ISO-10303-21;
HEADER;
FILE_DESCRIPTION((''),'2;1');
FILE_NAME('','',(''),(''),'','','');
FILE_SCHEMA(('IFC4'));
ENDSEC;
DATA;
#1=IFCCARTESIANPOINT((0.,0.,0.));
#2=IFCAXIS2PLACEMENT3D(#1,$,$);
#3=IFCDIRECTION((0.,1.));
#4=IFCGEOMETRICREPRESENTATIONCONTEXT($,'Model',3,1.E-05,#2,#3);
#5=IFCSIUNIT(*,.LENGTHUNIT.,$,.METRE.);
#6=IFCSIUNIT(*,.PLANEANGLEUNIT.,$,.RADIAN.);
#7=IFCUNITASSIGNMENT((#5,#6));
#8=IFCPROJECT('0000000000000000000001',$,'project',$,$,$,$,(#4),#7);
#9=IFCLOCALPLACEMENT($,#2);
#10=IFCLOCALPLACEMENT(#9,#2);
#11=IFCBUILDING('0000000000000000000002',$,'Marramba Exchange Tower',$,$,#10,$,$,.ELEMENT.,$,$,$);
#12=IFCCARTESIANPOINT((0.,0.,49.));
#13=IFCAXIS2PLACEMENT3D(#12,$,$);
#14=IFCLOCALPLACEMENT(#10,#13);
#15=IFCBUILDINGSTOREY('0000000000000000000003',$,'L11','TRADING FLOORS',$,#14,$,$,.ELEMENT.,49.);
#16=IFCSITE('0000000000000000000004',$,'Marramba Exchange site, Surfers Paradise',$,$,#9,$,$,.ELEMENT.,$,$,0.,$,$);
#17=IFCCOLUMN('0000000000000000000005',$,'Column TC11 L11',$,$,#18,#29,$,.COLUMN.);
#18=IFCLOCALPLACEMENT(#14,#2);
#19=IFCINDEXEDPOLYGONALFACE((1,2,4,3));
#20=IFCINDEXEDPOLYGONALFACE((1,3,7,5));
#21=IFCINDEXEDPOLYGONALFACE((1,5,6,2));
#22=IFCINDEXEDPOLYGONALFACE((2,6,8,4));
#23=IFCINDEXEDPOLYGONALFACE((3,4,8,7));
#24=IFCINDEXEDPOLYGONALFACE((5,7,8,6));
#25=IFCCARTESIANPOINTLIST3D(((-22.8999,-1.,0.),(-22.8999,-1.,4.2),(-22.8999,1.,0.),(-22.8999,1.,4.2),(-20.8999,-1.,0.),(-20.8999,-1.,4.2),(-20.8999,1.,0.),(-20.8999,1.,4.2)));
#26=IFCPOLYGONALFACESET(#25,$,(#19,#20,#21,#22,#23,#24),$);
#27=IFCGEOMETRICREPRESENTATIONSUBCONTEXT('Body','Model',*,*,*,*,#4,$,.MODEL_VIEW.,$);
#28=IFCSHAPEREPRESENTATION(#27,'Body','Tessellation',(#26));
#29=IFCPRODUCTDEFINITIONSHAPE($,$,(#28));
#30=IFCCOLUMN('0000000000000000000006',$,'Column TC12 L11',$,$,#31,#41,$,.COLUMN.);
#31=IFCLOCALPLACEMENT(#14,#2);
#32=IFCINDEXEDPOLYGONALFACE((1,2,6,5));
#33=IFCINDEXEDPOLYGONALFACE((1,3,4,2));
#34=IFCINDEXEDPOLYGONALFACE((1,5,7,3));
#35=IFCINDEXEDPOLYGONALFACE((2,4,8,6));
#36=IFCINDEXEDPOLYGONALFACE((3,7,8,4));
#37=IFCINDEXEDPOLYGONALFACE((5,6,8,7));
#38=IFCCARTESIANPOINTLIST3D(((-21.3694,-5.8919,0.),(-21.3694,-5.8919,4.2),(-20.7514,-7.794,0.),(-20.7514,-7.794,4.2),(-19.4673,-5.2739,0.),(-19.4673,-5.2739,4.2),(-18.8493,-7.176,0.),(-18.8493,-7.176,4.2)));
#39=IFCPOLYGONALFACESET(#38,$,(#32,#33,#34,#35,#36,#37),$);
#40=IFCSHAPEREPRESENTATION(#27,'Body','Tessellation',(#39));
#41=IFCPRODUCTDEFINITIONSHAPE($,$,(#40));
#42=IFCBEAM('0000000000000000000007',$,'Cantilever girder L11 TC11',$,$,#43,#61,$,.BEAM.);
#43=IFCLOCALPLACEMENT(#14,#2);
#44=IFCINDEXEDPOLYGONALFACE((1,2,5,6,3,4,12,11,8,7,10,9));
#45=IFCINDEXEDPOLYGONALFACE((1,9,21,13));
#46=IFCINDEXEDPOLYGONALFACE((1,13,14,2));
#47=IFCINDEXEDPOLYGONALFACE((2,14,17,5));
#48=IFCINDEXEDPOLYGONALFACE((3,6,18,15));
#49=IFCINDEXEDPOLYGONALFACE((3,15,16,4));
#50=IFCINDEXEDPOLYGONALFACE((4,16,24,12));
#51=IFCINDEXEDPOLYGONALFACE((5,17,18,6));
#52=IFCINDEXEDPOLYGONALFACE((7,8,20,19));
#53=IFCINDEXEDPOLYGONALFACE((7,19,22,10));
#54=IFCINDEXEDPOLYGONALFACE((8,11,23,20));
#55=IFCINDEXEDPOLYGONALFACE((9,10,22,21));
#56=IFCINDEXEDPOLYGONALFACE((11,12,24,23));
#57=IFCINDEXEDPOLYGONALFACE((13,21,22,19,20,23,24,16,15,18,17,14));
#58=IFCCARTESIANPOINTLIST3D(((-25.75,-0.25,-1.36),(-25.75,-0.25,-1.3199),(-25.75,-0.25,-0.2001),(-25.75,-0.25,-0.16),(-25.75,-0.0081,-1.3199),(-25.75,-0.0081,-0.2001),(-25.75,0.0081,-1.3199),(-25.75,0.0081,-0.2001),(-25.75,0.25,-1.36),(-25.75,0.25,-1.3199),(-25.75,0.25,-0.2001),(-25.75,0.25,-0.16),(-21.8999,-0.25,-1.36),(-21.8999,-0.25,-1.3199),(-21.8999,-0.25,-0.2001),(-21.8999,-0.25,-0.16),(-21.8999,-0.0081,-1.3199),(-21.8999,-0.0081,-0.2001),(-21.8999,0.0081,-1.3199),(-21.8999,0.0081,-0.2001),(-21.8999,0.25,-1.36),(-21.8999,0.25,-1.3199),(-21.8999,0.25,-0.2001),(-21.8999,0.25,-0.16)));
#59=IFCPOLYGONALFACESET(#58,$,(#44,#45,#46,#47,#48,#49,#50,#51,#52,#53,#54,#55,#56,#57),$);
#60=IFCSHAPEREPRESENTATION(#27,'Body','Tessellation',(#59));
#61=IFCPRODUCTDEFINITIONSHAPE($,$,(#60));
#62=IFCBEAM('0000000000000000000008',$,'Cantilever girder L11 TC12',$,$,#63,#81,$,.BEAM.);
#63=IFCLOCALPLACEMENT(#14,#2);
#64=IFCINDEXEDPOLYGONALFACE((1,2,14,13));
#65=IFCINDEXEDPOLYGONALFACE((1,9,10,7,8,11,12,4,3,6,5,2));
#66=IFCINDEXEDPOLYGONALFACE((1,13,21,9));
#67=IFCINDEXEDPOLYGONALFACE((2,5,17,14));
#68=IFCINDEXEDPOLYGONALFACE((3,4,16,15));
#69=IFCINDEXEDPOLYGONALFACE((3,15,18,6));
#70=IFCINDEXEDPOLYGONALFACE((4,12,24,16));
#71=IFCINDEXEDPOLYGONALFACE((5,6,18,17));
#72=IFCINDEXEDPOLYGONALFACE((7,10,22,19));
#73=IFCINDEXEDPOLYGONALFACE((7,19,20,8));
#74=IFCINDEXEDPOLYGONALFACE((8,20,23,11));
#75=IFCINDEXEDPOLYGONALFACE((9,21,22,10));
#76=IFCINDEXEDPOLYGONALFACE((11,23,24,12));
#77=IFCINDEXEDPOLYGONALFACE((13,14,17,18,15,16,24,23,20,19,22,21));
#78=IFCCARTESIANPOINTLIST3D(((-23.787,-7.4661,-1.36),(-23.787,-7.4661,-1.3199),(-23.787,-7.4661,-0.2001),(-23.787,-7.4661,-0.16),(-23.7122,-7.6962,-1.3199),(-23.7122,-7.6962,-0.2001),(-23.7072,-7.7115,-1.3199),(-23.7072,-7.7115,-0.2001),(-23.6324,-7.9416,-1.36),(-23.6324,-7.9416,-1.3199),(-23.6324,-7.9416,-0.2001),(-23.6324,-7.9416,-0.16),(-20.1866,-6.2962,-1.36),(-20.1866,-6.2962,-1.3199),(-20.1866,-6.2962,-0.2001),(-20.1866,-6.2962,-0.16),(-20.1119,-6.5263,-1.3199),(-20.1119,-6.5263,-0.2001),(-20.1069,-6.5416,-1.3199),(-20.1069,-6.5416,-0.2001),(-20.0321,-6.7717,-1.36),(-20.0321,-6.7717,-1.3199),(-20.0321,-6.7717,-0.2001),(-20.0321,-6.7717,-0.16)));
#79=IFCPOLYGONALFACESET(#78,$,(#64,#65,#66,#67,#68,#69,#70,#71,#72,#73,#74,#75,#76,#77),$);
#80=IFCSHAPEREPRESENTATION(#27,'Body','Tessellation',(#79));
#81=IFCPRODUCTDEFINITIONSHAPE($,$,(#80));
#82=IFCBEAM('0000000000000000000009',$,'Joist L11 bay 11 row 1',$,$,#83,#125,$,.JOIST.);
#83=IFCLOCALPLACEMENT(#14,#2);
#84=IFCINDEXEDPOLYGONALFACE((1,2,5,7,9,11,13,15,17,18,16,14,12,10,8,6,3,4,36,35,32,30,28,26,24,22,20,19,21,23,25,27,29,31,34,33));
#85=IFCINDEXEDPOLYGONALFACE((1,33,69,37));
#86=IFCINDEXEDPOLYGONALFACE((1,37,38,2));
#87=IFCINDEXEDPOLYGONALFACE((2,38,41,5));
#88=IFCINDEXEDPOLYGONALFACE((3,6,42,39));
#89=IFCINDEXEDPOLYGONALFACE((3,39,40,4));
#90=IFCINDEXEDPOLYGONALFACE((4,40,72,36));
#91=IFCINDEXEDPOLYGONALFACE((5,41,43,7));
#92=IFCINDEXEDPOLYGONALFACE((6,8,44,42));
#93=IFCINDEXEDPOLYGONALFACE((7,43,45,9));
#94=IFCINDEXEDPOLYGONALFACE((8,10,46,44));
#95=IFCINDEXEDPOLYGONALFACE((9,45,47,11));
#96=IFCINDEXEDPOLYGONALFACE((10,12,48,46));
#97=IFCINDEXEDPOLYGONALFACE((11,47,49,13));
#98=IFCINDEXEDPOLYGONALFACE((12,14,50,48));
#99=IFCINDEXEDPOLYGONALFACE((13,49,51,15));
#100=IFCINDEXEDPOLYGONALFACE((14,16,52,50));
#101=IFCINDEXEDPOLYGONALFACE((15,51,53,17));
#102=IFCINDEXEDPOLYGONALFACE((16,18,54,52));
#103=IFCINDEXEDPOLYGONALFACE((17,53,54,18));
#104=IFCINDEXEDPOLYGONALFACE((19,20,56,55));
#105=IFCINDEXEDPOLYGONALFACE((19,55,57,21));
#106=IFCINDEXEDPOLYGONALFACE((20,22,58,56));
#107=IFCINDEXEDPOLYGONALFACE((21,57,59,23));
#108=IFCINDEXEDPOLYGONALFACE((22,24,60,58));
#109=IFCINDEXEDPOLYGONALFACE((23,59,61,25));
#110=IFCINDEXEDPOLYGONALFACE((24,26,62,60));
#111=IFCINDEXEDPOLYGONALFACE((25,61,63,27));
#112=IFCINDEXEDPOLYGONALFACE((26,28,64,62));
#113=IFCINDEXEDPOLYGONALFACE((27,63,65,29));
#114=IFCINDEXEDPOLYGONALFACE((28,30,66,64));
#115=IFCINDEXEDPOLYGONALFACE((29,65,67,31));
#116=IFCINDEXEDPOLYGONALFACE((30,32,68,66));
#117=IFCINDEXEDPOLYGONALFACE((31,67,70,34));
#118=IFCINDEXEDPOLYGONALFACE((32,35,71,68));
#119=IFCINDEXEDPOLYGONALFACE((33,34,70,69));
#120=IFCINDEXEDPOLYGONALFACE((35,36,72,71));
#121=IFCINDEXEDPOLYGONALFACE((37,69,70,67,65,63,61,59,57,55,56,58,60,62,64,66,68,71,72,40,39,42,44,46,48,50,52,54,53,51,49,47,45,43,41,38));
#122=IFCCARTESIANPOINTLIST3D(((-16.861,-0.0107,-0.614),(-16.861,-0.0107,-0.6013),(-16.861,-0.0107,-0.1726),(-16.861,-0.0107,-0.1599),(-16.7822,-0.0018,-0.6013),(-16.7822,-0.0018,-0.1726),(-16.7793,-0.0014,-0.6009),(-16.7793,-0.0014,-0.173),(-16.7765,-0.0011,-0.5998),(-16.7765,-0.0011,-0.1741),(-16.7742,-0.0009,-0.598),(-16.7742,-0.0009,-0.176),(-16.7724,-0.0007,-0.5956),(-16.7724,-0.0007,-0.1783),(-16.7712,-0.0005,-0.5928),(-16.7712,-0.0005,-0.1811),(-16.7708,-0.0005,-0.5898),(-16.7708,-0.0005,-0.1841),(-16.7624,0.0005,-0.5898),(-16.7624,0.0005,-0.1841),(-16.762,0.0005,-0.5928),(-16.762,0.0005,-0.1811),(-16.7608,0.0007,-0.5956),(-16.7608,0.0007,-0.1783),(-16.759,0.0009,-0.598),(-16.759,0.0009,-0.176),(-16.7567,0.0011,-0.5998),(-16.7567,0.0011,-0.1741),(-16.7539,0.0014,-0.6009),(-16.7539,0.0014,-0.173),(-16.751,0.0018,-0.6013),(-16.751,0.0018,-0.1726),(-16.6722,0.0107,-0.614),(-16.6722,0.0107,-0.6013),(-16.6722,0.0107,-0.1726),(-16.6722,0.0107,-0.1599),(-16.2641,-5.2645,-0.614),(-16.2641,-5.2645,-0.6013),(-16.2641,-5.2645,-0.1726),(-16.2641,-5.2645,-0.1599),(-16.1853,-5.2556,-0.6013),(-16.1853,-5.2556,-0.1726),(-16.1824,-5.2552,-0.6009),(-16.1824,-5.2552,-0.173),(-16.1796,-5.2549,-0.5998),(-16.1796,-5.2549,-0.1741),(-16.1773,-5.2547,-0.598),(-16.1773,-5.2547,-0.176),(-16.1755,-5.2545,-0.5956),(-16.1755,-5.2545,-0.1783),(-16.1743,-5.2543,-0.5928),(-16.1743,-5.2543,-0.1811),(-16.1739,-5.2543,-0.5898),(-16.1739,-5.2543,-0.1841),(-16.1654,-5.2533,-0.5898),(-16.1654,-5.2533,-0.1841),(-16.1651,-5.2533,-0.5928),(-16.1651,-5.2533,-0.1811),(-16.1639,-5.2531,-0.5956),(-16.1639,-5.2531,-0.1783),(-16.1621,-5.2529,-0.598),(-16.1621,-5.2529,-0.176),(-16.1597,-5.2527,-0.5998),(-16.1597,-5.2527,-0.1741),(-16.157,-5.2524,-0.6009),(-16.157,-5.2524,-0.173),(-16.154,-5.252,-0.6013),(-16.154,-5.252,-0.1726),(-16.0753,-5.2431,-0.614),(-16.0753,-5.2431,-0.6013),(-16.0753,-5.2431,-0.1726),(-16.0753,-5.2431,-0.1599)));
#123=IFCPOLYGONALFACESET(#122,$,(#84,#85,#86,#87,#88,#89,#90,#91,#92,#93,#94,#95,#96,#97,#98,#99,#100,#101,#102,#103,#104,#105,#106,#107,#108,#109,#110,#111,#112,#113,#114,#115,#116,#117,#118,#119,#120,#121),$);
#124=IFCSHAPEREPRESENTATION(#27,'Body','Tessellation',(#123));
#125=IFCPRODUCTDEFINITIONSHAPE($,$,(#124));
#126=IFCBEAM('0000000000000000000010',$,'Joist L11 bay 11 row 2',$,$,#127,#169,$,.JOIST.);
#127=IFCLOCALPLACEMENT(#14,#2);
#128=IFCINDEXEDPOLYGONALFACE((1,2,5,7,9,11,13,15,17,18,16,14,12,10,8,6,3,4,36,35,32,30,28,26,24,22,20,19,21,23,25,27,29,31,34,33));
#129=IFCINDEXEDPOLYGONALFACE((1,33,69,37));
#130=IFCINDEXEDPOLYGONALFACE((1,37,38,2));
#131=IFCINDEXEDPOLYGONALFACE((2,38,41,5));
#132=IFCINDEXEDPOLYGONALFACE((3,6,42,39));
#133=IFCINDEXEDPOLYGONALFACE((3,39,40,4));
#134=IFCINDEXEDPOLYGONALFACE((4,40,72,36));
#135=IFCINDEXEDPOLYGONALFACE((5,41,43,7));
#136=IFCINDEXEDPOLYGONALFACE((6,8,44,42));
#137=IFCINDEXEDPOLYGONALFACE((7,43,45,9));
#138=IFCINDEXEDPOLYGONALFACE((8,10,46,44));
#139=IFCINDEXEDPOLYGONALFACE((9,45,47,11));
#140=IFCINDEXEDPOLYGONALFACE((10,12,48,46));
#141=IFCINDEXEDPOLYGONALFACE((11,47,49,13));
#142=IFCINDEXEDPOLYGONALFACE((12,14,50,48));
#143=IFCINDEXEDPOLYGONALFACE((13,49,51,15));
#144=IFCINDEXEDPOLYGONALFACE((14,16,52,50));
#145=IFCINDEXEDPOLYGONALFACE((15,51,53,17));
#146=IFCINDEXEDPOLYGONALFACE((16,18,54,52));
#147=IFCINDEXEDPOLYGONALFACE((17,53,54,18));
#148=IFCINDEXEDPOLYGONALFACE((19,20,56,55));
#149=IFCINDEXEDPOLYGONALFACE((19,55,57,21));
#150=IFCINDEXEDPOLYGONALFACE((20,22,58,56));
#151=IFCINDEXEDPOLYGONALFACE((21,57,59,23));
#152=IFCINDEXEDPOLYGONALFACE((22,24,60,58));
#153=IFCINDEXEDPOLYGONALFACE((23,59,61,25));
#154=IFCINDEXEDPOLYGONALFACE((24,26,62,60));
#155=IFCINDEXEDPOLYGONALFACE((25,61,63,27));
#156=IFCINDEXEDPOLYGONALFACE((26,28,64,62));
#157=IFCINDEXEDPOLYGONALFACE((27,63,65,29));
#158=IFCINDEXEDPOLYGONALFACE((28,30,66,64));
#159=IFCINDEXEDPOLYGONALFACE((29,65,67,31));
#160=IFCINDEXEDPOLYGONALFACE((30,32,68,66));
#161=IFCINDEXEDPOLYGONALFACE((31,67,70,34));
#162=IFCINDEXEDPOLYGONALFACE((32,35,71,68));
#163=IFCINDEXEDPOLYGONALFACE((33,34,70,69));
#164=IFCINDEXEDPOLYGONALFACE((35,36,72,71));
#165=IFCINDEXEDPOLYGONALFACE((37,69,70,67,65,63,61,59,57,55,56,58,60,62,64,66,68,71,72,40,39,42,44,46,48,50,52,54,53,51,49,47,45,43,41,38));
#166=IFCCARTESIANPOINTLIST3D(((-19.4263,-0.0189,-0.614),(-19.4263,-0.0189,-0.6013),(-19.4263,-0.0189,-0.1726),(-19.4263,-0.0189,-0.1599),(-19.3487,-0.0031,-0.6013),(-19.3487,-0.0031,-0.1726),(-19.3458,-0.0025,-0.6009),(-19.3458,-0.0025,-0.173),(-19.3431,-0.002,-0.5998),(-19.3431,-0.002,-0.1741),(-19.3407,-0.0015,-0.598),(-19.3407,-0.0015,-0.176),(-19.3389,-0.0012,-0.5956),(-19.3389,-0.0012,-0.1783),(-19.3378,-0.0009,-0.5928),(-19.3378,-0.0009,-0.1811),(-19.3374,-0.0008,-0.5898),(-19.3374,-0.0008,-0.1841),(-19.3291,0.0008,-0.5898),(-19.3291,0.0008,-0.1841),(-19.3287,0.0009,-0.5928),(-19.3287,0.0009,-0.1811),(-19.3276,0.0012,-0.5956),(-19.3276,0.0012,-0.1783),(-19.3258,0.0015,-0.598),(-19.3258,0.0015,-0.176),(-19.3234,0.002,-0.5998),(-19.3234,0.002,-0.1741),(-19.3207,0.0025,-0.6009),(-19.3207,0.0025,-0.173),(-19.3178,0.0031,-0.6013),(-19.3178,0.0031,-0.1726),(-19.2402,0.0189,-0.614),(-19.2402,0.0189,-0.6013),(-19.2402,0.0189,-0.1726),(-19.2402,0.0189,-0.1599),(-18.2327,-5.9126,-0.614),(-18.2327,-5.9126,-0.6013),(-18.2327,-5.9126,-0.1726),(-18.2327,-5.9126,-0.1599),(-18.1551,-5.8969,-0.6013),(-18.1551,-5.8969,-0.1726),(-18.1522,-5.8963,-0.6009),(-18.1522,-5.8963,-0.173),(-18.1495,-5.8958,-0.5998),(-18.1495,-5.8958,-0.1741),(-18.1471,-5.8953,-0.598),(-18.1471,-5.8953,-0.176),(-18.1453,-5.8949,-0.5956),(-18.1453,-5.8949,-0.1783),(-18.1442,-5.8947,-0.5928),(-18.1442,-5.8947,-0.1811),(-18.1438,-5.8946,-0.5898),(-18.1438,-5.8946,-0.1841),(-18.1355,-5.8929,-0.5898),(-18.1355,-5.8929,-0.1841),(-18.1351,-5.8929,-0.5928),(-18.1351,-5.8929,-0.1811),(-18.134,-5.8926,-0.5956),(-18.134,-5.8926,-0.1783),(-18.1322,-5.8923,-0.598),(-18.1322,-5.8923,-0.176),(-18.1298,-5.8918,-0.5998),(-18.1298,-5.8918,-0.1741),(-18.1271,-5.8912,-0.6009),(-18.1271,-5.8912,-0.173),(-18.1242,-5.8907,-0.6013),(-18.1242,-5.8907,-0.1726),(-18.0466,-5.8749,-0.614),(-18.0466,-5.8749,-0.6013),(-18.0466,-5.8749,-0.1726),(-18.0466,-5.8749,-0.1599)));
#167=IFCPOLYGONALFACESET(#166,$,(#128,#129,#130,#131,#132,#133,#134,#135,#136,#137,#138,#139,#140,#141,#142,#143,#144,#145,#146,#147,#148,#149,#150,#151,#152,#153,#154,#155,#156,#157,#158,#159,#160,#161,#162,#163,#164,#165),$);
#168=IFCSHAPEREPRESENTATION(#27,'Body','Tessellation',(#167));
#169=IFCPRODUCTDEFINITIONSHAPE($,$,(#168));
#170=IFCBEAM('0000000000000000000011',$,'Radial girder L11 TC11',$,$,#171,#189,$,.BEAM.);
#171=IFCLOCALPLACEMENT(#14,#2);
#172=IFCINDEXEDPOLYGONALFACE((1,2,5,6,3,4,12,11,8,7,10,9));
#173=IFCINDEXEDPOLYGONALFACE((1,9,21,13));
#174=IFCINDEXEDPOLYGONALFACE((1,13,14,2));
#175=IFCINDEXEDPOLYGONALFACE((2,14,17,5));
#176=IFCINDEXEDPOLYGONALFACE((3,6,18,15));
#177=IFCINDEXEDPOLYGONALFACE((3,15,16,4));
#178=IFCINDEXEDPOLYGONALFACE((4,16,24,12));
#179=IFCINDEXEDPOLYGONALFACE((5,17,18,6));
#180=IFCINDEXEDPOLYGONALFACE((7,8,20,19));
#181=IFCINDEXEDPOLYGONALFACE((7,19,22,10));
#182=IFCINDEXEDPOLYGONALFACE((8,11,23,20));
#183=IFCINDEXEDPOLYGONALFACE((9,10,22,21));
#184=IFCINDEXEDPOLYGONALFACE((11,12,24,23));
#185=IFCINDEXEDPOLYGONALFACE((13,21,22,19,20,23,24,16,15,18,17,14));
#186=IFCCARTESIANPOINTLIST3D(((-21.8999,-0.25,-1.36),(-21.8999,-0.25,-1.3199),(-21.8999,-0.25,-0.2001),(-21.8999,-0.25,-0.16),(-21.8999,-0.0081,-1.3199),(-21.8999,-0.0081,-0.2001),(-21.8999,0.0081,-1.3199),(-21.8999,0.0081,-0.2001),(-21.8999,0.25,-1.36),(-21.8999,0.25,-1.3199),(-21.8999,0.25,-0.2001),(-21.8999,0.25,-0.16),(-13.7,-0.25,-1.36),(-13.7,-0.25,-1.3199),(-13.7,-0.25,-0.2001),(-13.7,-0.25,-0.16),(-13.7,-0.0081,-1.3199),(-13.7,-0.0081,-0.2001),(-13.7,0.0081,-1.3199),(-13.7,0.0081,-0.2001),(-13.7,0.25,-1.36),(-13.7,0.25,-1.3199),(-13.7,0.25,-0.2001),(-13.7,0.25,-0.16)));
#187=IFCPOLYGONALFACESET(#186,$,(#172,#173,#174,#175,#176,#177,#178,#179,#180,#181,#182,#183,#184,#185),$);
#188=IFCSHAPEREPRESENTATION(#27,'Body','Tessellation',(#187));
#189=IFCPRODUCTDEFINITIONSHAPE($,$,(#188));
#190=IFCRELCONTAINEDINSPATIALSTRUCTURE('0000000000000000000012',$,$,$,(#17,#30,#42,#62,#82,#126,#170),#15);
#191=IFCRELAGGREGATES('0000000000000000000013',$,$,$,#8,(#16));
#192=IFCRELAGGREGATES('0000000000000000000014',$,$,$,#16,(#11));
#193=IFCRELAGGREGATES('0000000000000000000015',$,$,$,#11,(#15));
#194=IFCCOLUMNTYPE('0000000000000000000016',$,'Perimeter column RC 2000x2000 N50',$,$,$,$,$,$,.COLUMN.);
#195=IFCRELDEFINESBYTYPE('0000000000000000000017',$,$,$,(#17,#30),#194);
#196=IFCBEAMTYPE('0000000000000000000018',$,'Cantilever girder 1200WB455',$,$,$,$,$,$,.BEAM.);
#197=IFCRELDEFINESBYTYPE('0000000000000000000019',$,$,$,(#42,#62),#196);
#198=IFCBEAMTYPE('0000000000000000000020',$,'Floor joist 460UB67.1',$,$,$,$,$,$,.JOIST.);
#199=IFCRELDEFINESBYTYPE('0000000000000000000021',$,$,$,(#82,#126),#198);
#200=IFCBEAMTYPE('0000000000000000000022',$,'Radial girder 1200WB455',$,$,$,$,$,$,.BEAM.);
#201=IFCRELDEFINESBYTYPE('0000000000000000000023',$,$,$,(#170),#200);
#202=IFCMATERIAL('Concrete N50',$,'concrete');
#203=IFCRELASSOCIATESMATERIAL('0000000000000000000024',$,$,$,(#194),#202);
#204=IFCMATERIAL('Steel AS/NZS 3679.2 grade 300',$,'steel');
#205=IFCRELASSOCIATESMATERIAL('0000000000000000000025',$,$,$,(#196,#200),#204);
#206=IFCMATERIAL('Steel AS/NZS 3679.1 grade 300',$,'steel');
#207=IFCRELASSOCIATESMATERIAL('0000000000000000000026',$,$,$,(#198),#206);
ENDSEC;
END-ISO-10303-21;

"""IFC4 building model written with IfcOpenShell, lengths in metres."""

from ifc_helpers import new_model, si_unit, direction, frame, origin, origin_2d, place, context, subcontext, project, spatial, rectangle, i_section, extrude, material, material_profile, profile_set, type_object, element, save


model = new_model("IFC4")

# Units and contexts
model_context = context("Model", 3, precision=1e-05, world=origin(), true_north=direction((0.0, 1.0)))
body_context = subcontext(model_context, "Body", "Model", "MODEL_VIEW")
ifc_project = project(units=[si_unit("LENGTHUNIT", "METRE"), si_unit("PLANEANGLEUNIT", "RADIAN")], contexts=[model_context])

# Site, building, storey
site_placement = place(None, origin())
site = spatial("IfcSite", under=ifc_project, at=site_placement, Name="Marramba Exchange site, Surfers Paradise", CompositionType="ELEMENT", RefElevation=0.0)
building_placement = place(site_placement, origin())
building = spatial("IfcBuilding", under=site, at=building_placement, Name="Marramba Exchange Tower", CompositionType="ELEMENT")
storey_placement = place(building_placement, frame((0.0, 0.0, 49.0)))
storey = spatial("IfcBuildingStorey", under=building, at=storey_placement, Name="L11", Description="TRADING FLOORS", CompositionType="ELEMENT", Elevation=49.0)

# Columns
ifc_material_1 = material(Name="Concrete N50", Category="concrete")
ifc_material_profile_1 = material_profile(ifc_material_1, rectangle(XDim=2.0, YDim=2.0, at=origin_2d()), Name="RC 2000x2000")
ifc_profile_set_1 = profile_set([ifc_material_profile_1], Name="Concrete N50")
column_type = type_object("IfcColumnType", Name="Perimeter column RC 2000x2000 N50", PredefinedType="COLUMN", material=ifc_profile_set_1)
for number, where, z_axis, x_axis, name in (
    (1, (-21.8999, 0.0, 0.0), (0.0, 0.0, 1.0), (-1.0, 0.0, 0.0), "Column TC11 L11"),
    (2, (-20.1094, -6.5339, 0.0), (0.0, 0.0, 1.0), (-0.951057, -0.309017, 0.0), "Column TC12 L11"),
):
    element("IfcColumn", number, at=place(storey_placement, frame(where, z_axis=z_axis, x_axis=x_axis)), inside=storey, type_object=column_type, Name=name, PredefinedType="COLUMN", context=body_context, shape_type="SweptSolid", body=[
        extrude(rectangle(XDim=2.0, YDim=2.0, at=origin_2d()), origin(), (0.0, 0.0, 1.0), 4.2),
    ])

# Beams
ifc_material_2 = material(Name="Steel AS/NZS 3679.2 grade 300", Category="steel")
ifc_material_profile_2 = material_profile(ifc_material_2, i_section(OverallWidth=0.5, OverallDepth=1.2, WebThickness=0.0161, FlangeThickness=0.04, at=origin_2d()), Name="1200WB455")
ifc_profile_set_2 = profile_set([ifc_material_profile_2], Name="Steel AS/NZS 3679.2 grade 300")
beam_type_1 = type_object("IfcBeamType", Name="Cantilever girder 1200WB455", PredefinedType="BEAM", material=ifc_profile_set_2)
beam_1_placement = place(storey_placement, frame((-21.8999, 0.0, -0.76), z_axis=(-1.0, 0.0, 0.0), x_axis=(0.0, -1.0, 0.0)))
element("IfcBeam", 3, at=beam_1_placement, inside=storey, type_object=beam_type_1, Name="Cantilever girder L11 TC11", PredefinedType="BEAM", context=body_context, shape_type="SweptSolid", body=[
    extrude(i_section(OverallWidth=0.5, OverallDepth=1.2, WebThickness=0.0161, FlangeThickness=0.04, at=origin_2d()), origin(), (0.0, 0.0, 1.0), 3.8501),
])
beam_2_placement = place(storey_placement, frame((-20.1094, -6.5339, -0.76), z_axis=(-0.951049, -0.309041, 0.0), x_axis=(0.309041, -0.951049, 0.0)))
element("IfcBeam", 4, at=beam_2_placement, inside=storey, type_object=beam_type_1, Name="Cantilever girder L11 TC12", PredefinedType="BEAM", context=body_context, shape_type="SweptSolid", body=[
    extrude(i_section(OverallWidth=0.5, OverallDepth=1.2, WebThickness=0.0161, FlangeThickness=0.04, at=origin_2d()), origin(), (0.0, 0.0, 1.0), 3.7856),
])
ifc_material_3 = material(Name="Steel AS/NZS 3679.1 grade 300", Category="steel")
ifc_material_profile_3 = material_profile(ifc_material_3, i_section(OverallWidth=0.1899, OverallDepth=0.4541, WebThickness=0.0085, FlangeThickness=0.0127, FilletRadius=0.0115, at=origin_2d()), Name="460UB67.1")
ifc_profile_set_3 = profile_set([ifc_material_profile_3], Name="Steel AS/NZS 3679.1 grade 300")
beam_type_2 = type_object("IfcBeamType", Name="Floor joist 460UB67.1", PredefinedType="JOIST", material=ifc_profile_set_3)
beam_3_placement = place(storey_placement, frame((-16.7666, 0.0, -0.387), z_axis=(0.112889, -0.993608, 0.0), x_axis=(0.993608, 0.112889, 0.0)))
element("IfcBeam", 5, at=beam_3_placement, inside=storey, type_object=beam_type_2, Name="Joist L11 bay 11 row 1", PredefinedType="JOIST", context=body_context, shape_type="SweptSolid", body=[
    extrude(i_section(OverallWidth=0.1899, OverallDepth=0.4541, WebThickness=0.0085, FlangeThickness=0.0127, FilletRadius=0.0115, at=origin_2d()), origin(), (0.0, 0.0, 1.0), 5.2876),
])
beam_4_placement = place(storey_placement, frame((-19.3333, 0.0, -0.387), z_axis=(0.198489, -0.980103, 0.0), x_axis=(0.980103, 0.198489, 0.0)))
element("IfcBeam", 6, at=beam_4_placement, inside=storey, type_object=beam_type_2, Name="Joist L11 bay 11 row 2", PredefinedType="JOIST", context=body_context, shape_type="SweptSolid", body=[
    extrude(i_section(OverallWidth=0.1899, OverallDepth=0.4541, WebThickness=0.0085, FlangeThickness=0.0127, FilletRadius=0.0115, at=origin_2d()), origin(), (0.0, 0.0, 1.0), 6.0134),
])
ifc_material_profile_4 = material_profile(ifc_material_2, i_section(OverallWidth=0.5, OverallDepth=1.2, WebThickness=0.0161, FlangeThickness=0.04, at=origin_2d()), Name="1200WB455")
ifc_profile_set_4 = profile_set([ifc_material_profile_4], Name="Steel AS/NZS 3679.2 grade 300")
beam_type_3 = type_object("IfcBeamType", Name="Radial girder 1200WB455", PredefinedType="BEAM", material=ifc_profile_set_4)
beam_5_placement = place(storey_placement, frame((-13.7, 0.0, -0.76), z_axis=(-1.0, 0.0, 0.0), x_axis=(0.0, -1.0, 0.0)))
element("IfcBeam", 7, at=beam_5_placement, inside=storey, type_object=beam_type_3, Name="Radial girder L11 TC11", PredefinedType="BEAM", context=body_context, shape_type="SweptSolid", body=[
    extrude(i_section(OverallWidth=0.5, OverallDepth=1.2, WebThickness=0.0161, FlangeThickness=0.04, at=origin_2d()), origin(), (0.0, 0.0, 1.0), 8.2),
])

save(model, "model.ifc")
